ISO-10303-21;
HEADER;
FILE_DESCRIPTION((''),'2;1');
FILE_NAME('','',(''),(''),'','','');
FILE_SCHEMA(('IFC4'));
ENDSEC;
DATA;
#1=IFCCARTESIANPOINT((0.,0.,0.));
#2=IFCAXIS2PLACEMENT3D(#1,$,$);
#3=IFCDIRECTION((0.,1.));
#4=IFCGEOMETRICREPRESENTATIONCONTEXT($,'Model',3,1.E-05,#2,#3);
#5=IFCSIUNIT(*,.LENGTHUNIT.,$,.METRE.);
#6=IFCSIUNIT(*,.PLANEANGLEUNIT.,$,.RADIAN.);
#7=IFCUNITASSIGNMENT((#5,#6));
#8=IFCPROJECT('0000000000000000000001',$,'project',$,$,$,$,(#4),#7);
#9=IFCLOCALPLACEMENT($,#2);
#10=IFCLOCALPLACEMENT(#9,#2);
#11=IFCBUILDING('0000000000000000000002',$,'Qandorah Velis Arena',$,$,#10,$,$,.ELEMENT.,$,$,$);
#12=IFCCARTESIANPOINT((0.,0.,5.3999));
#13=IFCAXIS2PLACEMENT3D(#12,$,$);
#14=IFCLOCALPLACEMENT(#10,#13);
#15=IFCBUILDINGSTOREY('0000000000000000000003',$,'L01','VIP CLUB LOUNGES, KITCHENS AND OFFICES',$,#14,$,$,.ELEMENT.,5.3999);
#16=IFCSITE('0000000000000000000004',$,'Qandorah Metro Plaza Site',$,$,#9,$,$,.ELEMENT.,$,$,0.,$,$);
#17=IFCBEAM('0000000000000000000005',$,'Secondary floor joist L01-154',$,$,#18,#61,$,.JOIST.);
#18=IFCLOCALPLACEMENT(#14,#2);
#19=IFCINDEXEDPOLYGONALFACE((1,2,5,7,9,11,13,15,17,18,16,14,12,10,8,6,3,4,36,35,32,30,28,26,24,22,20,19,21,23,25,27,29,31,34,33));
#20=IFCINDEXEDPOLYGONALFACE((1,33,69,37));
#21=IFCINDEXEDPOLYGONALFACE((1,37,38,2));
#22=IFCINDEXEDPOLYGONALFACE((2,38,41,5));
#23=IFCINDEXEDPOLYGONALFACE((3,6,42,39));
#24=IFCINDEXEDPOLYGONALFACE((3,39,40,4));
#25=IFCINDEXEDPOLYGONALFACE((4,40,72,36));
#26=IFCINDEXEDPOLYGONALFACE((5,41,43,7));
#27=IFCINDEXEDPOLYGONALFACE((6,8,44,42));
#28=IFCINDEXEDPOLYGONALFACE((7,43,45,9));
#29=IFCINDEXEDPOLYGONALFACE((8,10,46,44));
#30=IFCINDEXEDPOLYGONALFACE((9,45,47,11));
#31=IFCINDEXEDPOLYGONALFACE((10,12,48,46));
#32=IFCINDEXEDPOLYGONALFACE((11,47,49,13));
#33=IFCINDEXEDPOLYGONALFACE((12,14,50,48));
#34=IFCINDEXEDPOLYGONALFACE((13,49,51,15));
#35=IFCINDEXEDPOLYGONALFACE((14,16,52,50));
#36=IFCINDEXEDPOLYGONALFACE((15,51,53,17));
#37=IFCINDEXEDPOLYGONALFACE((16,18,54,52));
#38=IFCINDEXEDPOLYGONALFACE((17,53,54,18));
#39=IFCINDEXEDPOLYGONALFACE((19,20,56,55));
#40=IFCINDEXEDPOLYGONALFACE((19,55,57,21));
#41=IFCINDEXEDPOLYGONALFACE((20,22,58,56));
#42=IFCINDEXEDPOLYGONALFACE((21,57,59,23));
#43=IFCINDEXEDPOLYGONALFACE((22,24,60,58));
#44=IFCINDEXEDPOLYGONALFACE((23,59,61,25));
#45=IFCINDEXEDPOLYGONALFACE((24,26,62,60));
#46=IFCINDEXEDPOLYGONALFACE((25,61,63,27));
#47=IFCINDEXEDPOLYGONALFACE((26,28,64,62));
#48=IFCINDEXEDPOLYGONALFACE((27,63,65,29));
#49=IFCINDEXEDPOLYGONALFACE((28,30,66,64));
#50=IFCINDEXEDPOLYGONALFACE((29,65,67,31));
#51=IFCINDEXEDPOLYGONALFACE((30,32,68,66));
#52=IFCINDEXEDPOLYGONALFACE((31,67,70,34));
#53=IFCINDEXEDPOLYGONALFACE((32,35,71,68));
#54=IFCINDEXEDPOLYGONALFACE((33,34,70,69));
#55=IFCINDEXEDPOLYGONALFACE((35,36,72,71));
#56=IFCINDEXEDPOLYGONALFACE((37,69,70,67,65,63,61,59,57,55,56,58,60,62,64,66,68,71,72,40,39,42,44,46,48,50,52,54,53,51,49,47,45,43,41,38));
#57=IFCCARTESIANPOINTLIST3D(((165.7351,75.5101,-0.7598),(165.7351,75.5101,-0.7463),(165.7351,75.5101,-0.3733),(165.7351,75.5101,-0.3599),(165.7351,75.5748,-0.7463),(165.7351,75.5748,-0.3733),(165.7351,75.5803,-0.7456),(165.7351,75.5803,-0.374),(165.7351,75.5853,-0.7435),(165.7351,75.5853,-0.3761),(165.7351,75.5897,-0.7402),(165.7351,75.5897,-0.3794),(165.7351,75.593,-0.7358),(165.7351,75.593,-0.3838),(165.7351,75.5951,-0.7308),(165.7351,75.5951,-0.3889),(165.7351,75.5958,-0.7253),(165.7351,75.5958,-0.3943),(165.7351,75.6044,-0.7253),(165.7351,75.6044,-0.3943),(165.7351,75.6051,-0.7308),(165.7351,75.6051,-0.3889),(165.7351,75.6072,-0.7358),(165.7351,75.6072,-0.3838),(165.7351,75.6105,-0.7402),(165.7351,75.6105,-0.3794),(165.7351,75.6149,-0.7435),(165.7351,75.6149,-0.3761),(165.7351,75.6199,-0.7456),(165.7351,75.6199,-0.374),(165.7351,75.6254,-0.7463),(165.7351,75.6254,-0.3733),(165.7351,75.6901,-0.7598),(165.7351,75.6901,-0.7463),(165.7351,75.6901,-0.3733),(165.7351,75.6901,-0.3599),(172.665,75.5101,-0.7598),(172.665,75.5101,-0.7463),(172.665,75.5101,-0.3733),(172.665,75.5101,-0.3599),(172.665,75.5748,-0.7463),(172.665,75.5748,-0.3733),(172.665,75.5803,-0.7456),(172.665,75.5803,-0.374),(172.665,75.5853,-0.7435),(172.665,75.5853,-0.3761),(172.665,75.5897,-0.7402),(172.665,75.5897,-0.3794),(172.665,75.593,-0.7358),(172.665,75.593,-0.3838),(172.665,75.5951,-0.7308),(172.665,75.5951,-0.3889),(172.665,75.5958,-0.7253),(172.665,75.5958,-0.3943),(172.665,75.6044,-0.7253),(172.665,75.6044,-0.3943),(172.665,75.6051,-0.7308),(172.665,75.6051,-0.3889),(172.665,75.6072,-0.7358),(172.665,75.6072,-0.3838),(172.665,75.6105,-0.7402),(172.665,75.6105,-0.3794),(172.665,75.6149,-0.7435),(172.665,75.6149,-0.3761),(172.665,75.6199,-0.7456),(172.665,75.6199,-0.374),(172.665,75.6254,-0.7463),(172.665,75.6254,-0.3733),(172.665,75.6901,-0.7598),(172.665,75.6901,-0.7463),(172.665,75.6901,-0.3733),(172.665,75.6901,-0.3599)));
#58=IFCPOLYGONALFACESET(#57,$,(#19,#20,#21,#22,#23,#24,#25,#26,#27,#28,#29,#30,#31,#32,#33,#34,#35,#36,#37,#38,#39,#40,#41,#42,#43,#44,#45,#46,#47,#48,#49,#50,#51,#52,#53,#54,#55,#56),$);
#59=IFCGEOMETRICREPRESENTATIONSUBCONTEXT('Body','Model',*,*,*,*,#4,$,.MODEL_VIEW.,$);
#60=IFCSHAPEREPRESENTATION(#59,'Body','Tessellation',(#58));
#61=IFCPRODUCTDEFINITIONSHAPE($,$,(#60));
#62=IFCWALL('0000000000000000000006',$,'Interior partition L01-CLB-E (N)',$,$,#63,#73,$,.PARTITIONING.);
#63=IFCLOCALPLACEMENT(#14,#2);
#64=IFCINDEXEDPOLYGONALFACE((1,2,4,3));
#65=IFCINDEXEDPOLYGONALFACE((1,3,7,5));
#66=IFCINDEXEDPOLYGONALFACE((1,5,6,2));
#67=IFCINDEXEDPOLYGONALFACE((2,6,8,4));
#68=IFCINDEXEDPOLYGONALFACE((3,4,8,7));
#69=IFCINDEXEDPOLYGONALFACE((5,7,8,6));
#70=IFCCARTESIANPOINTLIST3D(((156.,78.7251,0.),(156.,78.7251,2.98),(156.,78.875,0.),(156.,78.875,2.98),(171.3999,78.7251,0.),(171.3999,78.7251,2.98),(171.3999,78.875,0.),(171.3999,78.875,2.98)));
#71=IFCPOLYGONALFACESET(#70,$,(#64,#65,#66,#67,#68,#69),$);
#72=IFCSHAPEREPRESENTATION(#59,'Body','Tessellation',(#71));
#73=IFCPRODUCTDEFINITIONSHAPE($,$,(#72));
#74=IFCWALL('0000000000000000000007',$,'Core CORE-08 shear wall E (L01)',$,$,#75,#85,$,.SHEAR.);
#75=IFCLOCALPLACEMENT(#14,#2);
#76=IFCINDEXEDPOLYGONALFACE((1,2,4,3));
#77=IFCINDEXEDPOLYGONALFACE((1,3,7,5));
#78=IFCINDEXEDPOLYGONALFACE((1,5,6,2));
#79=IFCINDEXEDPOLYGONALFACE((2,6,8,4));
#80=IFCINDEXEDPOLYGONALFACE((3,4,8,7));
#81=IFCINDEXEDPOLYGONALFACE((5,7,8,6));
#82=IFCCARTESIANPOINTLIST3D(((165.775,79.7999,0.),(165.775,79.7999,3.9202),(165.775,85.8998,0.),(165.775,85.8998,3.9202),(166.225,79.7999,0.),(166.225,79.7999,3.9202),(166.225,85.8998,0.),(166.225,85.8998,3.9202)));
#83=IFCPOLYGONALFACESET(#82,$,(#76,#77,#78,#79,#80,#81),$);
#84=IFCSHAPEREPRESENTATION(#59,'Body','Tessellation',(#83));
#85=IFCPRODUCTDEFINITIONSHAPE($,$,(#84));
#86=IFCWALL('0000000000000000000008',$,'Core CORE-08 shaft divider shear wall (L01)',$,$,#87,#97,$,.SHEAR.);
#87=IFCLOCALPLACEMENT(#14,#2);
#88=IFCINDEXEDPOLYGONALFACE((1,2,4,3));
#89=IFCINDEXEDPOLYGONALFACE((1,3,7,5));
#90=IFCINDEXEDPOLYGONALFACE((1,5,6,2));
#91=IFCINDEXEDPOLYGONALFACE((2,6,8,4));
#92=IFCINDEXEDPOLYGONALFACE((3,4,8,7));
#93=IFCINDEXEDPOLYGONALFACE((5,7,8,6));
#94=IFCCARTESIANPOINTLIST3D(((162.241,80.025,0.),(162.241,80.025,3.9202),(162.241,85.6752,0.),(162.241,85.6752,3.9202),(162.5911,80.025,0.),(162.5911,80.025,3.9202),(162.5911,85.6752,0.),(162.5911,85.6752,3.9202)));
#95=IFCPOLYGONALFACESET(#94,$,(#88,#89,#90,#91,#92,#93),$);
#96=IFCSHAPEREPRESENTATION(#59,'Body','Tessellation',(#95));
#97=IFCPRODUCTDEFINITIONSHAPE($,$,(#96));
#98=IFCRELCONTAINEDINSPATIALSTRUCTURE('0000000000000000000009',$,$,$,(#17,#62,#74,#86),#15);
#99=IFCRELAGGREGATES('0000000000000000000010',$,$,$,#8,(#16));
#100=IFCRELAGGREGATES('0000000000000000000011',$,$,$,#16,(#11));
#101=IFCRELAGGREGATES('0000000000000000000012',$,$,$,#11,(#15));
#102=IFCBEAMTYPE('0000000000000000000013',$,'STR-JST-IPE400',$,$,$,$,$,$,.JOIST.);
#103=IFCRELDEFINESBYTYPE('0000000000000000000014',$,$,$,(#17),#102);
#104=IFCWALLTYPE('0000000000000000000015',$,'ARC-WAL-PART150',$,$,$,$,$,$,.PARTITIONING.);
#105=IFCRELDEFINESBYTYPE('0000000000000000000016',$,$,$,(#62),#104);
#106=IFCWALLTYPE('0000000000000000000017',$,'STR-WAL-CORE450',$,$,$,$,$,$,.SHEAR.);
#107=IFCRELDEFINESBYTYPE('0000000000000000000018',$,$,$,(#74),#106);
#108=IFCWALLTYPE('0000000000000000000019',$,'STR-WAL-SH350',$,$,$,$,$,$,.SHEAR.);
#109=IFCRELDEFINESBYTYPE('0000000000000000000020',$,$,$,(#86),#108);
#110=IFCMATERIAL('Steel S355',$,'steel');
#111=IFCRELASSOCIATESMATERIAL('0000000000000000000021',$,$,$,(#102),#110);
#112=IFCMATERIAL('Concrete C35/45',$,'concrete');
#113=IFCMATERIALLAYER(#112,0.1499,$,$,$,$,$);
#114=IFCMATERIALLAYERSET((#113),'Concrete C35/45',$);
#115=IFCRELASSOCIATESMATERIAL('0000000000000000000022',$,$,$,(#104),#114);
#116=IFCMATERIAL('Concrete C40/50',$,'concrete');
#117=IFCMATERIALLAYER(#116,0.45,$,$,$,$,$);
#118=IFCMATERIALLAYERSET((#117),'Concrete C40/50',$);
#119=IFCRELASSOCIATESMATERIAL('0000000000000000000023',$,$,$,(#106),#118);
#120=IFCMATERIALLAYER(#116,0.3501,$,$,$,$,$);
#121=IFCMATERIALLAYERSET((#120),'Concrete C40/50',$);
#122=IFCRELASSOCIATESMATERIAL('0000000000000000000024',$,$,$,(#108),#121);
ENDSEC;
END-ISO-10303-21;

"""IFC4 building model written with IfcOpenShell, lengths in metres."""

from ifc_helpers import new_model, si_unit, direction, frame, frame_2d, origin, origin_2d, place, context, subcontext, project, spatial, rectangle, i_section, extrude, material, layer, layer_set, material_profile, profile_set, type_object, element, save


model = new_model("IFC4")

# Units and contexts
model_context = context("Model", 3, precision=1e-05, world=origin(), true_north=direction((0.0, 1.0)))
body_context = subcontext(model_context, "Body", "Model", "MODEL_VIEW")
ifc_project = project(units=[si_unit("LENGTHUNIT", "METRE"), si_unit("PLANEANGLEUNIT", "RADIAN")], contexts=[model_context])

# Site, building, storey
site_placement = place(None, origin())
site = spatial("IfcSite", under=ifc_project, at=site_placement, Name="Qandorah Metro Plaza Site", CompositionType="ELEMENT", RefElevation=0.0)
building_placement = place(site_placement, origin())
building = spatial("IfcBuilding", under=site, at=building_placement, Name="Qandorah Velis Arena", CompositionType="ELEMENT")
storey_placement = place(building_placement, frame((0.0, 0.0, 5.3999)))
storey = spatial("IfcBuildingStorey", under=building, at=storey_placement, Name="L01", Description="VIP CLUB LOUNGES, KITCHENS AND OFFICES", CompositionType="ELEMENT", Elevation=5.3999)

# Shared definitions
ifc_material_1 = material(Name="Concrete C40/50", Category="concrete")

# Beam
ifc_material_2 = material(Name="Steel S355", Category="steel")
ifc_material_profile_1 = material_profile(ifc_material_2, i_section(OverallWidth=0.1799, OverallDepth=0.3999, WebThickness=0.0085, FlangeThickness=0.0134, FilletRadius=0.021, at=origin_2d()), Name="IPE 400")
ifc_profile_set_1 = profile_set([ifc_material_profile_1], Name="Steel S355")
beam_type_1 = type_object("IfcBeamType", Name="STR-JST-IPE400", PredefinedType="JOIST", material=ifc_profile_set_1)
for number, where, z_axis, x_axis, name in (
    (1, (165.7351, 75.6001, -0.5598), (1.0, 0.0, 0.0), (0.0, 1.0, 0.0), "Secondary floor joist L01-154"),
):
    element("IfcBeam", number, at=place(storey_placement, frame(where, z_axis=z_axis, x_axis=x_axis)), inside=storey, type_object=beam_type_1, Name=name, PredefinedType="JOIST", context=body_context, shape_type="SweptSolid", body=[
        extrude(i_section(OverallWidth=0.1799, OverallDepth=0.3999, WebThickness=0.0085, FlangeThickness=0.0134, FilletRadius=0.021, at=origin_2d()), origin(), (0.0, 0.0, 1.0), 6.9299),
    ])

# Walls
ifc_material_3 = material(Name="Concrete C35/45", Category="concrete")
ifc_layer_1 = layer(ifc_material_3, 0.1499)
ifc_layer_set_1 = layer_set([ifc_layer_1], Name="Concrete C35/45")
wall_type_1 = type_object("IfcWallType", Name="ARC-WAL-PART150", PredefinedType="PARTITIONING", material=ifc_layer_set_1)
wall_1_placement = place(storey_placement, frame((171.3999, 78.8, 0.0), z_axis=(0.0, 0.0, 1.0), x_axis=(-1.0, 0.0, 0.0)))
element("IfcWall", 2, at=wall_1_placement, inside=storey, type_object=wall_type_1, Name="Interior partition L01-CLB-E (N)", PredefinedType="PARTITIONING", context=body_context, shape_type="SweptSolid", body=[
    extrude(rectangle(XDim=15.3999, YDim=0.1499, at=frame_2d((7.7, 0.0))), origin(), (0.0, 0.0, 1.0), 2.98),
])
ifc_layer_2 = layer(ifc_material_1, 0.45)
ifc_layer_set_2 = layer_set([ifc_layer_2], Name="Concrete C40/50")
wall_type_2 = type_object("IfcWallType", Name="STR-WAL-CORE450", PredefinedType="SHEAR", material=ifc_layer_set_2)
wall_2_placement = place(storey_placement, frame((166.0, 79.8, 0.0), z_axis=(0.0, 0.0, 1.0), x_axis=(0.0, 1.0, 0.0)))
element("IfcWall", 3, at=wall_2_placement, inside=storey, type_object=wall_type_2, Name="Core CORE-08 shear wall E (L01)", PredefinedType="SHEAR", context=body_context, shape_type="SweptSolid", body=[
    extrude(rectangle(XDim=6.0999, YDim=0.45, at=frame_2d((3.0498, 0.0))), origin(), (0.0, 0.0, 1.0), 3.9202),
])
ifc_layer_3 = layer(ifc_material_1, 0.3501)
ifc_layer_set_3 = layer_set([ifc_layer_3], Name="Concrete C40/50")
wall_type_3 = type_object("IfcWallType", Name="STR-WAL-SH350", PredefinedType="SHEAR", material=ifc_layer_set_3)
wall_3_placement = place(storey_placement, frame((162.416, 80.0249, 0.0), z_axis=(0.0, 0.0, 1.0), x_axis=(0.0, 1.0, 0.0)))
element("IfcWall", 4, at=wall_3_placement, inside=storey, type_object=wall_type_3, Name="Core CORE-08 shaft divider shear wall (L01)", PredefinedType="SHEAR", context=body_context, shape_type="SweptSolid", body=[
    extrude(rectangle(XDim=5.6501, YDim=0.3501, at=frame_2d((2.8252, 0.0))), origin(), (0.0, 0.0, 1.0), 3.9202),
])

save(model, "model.ifc")
